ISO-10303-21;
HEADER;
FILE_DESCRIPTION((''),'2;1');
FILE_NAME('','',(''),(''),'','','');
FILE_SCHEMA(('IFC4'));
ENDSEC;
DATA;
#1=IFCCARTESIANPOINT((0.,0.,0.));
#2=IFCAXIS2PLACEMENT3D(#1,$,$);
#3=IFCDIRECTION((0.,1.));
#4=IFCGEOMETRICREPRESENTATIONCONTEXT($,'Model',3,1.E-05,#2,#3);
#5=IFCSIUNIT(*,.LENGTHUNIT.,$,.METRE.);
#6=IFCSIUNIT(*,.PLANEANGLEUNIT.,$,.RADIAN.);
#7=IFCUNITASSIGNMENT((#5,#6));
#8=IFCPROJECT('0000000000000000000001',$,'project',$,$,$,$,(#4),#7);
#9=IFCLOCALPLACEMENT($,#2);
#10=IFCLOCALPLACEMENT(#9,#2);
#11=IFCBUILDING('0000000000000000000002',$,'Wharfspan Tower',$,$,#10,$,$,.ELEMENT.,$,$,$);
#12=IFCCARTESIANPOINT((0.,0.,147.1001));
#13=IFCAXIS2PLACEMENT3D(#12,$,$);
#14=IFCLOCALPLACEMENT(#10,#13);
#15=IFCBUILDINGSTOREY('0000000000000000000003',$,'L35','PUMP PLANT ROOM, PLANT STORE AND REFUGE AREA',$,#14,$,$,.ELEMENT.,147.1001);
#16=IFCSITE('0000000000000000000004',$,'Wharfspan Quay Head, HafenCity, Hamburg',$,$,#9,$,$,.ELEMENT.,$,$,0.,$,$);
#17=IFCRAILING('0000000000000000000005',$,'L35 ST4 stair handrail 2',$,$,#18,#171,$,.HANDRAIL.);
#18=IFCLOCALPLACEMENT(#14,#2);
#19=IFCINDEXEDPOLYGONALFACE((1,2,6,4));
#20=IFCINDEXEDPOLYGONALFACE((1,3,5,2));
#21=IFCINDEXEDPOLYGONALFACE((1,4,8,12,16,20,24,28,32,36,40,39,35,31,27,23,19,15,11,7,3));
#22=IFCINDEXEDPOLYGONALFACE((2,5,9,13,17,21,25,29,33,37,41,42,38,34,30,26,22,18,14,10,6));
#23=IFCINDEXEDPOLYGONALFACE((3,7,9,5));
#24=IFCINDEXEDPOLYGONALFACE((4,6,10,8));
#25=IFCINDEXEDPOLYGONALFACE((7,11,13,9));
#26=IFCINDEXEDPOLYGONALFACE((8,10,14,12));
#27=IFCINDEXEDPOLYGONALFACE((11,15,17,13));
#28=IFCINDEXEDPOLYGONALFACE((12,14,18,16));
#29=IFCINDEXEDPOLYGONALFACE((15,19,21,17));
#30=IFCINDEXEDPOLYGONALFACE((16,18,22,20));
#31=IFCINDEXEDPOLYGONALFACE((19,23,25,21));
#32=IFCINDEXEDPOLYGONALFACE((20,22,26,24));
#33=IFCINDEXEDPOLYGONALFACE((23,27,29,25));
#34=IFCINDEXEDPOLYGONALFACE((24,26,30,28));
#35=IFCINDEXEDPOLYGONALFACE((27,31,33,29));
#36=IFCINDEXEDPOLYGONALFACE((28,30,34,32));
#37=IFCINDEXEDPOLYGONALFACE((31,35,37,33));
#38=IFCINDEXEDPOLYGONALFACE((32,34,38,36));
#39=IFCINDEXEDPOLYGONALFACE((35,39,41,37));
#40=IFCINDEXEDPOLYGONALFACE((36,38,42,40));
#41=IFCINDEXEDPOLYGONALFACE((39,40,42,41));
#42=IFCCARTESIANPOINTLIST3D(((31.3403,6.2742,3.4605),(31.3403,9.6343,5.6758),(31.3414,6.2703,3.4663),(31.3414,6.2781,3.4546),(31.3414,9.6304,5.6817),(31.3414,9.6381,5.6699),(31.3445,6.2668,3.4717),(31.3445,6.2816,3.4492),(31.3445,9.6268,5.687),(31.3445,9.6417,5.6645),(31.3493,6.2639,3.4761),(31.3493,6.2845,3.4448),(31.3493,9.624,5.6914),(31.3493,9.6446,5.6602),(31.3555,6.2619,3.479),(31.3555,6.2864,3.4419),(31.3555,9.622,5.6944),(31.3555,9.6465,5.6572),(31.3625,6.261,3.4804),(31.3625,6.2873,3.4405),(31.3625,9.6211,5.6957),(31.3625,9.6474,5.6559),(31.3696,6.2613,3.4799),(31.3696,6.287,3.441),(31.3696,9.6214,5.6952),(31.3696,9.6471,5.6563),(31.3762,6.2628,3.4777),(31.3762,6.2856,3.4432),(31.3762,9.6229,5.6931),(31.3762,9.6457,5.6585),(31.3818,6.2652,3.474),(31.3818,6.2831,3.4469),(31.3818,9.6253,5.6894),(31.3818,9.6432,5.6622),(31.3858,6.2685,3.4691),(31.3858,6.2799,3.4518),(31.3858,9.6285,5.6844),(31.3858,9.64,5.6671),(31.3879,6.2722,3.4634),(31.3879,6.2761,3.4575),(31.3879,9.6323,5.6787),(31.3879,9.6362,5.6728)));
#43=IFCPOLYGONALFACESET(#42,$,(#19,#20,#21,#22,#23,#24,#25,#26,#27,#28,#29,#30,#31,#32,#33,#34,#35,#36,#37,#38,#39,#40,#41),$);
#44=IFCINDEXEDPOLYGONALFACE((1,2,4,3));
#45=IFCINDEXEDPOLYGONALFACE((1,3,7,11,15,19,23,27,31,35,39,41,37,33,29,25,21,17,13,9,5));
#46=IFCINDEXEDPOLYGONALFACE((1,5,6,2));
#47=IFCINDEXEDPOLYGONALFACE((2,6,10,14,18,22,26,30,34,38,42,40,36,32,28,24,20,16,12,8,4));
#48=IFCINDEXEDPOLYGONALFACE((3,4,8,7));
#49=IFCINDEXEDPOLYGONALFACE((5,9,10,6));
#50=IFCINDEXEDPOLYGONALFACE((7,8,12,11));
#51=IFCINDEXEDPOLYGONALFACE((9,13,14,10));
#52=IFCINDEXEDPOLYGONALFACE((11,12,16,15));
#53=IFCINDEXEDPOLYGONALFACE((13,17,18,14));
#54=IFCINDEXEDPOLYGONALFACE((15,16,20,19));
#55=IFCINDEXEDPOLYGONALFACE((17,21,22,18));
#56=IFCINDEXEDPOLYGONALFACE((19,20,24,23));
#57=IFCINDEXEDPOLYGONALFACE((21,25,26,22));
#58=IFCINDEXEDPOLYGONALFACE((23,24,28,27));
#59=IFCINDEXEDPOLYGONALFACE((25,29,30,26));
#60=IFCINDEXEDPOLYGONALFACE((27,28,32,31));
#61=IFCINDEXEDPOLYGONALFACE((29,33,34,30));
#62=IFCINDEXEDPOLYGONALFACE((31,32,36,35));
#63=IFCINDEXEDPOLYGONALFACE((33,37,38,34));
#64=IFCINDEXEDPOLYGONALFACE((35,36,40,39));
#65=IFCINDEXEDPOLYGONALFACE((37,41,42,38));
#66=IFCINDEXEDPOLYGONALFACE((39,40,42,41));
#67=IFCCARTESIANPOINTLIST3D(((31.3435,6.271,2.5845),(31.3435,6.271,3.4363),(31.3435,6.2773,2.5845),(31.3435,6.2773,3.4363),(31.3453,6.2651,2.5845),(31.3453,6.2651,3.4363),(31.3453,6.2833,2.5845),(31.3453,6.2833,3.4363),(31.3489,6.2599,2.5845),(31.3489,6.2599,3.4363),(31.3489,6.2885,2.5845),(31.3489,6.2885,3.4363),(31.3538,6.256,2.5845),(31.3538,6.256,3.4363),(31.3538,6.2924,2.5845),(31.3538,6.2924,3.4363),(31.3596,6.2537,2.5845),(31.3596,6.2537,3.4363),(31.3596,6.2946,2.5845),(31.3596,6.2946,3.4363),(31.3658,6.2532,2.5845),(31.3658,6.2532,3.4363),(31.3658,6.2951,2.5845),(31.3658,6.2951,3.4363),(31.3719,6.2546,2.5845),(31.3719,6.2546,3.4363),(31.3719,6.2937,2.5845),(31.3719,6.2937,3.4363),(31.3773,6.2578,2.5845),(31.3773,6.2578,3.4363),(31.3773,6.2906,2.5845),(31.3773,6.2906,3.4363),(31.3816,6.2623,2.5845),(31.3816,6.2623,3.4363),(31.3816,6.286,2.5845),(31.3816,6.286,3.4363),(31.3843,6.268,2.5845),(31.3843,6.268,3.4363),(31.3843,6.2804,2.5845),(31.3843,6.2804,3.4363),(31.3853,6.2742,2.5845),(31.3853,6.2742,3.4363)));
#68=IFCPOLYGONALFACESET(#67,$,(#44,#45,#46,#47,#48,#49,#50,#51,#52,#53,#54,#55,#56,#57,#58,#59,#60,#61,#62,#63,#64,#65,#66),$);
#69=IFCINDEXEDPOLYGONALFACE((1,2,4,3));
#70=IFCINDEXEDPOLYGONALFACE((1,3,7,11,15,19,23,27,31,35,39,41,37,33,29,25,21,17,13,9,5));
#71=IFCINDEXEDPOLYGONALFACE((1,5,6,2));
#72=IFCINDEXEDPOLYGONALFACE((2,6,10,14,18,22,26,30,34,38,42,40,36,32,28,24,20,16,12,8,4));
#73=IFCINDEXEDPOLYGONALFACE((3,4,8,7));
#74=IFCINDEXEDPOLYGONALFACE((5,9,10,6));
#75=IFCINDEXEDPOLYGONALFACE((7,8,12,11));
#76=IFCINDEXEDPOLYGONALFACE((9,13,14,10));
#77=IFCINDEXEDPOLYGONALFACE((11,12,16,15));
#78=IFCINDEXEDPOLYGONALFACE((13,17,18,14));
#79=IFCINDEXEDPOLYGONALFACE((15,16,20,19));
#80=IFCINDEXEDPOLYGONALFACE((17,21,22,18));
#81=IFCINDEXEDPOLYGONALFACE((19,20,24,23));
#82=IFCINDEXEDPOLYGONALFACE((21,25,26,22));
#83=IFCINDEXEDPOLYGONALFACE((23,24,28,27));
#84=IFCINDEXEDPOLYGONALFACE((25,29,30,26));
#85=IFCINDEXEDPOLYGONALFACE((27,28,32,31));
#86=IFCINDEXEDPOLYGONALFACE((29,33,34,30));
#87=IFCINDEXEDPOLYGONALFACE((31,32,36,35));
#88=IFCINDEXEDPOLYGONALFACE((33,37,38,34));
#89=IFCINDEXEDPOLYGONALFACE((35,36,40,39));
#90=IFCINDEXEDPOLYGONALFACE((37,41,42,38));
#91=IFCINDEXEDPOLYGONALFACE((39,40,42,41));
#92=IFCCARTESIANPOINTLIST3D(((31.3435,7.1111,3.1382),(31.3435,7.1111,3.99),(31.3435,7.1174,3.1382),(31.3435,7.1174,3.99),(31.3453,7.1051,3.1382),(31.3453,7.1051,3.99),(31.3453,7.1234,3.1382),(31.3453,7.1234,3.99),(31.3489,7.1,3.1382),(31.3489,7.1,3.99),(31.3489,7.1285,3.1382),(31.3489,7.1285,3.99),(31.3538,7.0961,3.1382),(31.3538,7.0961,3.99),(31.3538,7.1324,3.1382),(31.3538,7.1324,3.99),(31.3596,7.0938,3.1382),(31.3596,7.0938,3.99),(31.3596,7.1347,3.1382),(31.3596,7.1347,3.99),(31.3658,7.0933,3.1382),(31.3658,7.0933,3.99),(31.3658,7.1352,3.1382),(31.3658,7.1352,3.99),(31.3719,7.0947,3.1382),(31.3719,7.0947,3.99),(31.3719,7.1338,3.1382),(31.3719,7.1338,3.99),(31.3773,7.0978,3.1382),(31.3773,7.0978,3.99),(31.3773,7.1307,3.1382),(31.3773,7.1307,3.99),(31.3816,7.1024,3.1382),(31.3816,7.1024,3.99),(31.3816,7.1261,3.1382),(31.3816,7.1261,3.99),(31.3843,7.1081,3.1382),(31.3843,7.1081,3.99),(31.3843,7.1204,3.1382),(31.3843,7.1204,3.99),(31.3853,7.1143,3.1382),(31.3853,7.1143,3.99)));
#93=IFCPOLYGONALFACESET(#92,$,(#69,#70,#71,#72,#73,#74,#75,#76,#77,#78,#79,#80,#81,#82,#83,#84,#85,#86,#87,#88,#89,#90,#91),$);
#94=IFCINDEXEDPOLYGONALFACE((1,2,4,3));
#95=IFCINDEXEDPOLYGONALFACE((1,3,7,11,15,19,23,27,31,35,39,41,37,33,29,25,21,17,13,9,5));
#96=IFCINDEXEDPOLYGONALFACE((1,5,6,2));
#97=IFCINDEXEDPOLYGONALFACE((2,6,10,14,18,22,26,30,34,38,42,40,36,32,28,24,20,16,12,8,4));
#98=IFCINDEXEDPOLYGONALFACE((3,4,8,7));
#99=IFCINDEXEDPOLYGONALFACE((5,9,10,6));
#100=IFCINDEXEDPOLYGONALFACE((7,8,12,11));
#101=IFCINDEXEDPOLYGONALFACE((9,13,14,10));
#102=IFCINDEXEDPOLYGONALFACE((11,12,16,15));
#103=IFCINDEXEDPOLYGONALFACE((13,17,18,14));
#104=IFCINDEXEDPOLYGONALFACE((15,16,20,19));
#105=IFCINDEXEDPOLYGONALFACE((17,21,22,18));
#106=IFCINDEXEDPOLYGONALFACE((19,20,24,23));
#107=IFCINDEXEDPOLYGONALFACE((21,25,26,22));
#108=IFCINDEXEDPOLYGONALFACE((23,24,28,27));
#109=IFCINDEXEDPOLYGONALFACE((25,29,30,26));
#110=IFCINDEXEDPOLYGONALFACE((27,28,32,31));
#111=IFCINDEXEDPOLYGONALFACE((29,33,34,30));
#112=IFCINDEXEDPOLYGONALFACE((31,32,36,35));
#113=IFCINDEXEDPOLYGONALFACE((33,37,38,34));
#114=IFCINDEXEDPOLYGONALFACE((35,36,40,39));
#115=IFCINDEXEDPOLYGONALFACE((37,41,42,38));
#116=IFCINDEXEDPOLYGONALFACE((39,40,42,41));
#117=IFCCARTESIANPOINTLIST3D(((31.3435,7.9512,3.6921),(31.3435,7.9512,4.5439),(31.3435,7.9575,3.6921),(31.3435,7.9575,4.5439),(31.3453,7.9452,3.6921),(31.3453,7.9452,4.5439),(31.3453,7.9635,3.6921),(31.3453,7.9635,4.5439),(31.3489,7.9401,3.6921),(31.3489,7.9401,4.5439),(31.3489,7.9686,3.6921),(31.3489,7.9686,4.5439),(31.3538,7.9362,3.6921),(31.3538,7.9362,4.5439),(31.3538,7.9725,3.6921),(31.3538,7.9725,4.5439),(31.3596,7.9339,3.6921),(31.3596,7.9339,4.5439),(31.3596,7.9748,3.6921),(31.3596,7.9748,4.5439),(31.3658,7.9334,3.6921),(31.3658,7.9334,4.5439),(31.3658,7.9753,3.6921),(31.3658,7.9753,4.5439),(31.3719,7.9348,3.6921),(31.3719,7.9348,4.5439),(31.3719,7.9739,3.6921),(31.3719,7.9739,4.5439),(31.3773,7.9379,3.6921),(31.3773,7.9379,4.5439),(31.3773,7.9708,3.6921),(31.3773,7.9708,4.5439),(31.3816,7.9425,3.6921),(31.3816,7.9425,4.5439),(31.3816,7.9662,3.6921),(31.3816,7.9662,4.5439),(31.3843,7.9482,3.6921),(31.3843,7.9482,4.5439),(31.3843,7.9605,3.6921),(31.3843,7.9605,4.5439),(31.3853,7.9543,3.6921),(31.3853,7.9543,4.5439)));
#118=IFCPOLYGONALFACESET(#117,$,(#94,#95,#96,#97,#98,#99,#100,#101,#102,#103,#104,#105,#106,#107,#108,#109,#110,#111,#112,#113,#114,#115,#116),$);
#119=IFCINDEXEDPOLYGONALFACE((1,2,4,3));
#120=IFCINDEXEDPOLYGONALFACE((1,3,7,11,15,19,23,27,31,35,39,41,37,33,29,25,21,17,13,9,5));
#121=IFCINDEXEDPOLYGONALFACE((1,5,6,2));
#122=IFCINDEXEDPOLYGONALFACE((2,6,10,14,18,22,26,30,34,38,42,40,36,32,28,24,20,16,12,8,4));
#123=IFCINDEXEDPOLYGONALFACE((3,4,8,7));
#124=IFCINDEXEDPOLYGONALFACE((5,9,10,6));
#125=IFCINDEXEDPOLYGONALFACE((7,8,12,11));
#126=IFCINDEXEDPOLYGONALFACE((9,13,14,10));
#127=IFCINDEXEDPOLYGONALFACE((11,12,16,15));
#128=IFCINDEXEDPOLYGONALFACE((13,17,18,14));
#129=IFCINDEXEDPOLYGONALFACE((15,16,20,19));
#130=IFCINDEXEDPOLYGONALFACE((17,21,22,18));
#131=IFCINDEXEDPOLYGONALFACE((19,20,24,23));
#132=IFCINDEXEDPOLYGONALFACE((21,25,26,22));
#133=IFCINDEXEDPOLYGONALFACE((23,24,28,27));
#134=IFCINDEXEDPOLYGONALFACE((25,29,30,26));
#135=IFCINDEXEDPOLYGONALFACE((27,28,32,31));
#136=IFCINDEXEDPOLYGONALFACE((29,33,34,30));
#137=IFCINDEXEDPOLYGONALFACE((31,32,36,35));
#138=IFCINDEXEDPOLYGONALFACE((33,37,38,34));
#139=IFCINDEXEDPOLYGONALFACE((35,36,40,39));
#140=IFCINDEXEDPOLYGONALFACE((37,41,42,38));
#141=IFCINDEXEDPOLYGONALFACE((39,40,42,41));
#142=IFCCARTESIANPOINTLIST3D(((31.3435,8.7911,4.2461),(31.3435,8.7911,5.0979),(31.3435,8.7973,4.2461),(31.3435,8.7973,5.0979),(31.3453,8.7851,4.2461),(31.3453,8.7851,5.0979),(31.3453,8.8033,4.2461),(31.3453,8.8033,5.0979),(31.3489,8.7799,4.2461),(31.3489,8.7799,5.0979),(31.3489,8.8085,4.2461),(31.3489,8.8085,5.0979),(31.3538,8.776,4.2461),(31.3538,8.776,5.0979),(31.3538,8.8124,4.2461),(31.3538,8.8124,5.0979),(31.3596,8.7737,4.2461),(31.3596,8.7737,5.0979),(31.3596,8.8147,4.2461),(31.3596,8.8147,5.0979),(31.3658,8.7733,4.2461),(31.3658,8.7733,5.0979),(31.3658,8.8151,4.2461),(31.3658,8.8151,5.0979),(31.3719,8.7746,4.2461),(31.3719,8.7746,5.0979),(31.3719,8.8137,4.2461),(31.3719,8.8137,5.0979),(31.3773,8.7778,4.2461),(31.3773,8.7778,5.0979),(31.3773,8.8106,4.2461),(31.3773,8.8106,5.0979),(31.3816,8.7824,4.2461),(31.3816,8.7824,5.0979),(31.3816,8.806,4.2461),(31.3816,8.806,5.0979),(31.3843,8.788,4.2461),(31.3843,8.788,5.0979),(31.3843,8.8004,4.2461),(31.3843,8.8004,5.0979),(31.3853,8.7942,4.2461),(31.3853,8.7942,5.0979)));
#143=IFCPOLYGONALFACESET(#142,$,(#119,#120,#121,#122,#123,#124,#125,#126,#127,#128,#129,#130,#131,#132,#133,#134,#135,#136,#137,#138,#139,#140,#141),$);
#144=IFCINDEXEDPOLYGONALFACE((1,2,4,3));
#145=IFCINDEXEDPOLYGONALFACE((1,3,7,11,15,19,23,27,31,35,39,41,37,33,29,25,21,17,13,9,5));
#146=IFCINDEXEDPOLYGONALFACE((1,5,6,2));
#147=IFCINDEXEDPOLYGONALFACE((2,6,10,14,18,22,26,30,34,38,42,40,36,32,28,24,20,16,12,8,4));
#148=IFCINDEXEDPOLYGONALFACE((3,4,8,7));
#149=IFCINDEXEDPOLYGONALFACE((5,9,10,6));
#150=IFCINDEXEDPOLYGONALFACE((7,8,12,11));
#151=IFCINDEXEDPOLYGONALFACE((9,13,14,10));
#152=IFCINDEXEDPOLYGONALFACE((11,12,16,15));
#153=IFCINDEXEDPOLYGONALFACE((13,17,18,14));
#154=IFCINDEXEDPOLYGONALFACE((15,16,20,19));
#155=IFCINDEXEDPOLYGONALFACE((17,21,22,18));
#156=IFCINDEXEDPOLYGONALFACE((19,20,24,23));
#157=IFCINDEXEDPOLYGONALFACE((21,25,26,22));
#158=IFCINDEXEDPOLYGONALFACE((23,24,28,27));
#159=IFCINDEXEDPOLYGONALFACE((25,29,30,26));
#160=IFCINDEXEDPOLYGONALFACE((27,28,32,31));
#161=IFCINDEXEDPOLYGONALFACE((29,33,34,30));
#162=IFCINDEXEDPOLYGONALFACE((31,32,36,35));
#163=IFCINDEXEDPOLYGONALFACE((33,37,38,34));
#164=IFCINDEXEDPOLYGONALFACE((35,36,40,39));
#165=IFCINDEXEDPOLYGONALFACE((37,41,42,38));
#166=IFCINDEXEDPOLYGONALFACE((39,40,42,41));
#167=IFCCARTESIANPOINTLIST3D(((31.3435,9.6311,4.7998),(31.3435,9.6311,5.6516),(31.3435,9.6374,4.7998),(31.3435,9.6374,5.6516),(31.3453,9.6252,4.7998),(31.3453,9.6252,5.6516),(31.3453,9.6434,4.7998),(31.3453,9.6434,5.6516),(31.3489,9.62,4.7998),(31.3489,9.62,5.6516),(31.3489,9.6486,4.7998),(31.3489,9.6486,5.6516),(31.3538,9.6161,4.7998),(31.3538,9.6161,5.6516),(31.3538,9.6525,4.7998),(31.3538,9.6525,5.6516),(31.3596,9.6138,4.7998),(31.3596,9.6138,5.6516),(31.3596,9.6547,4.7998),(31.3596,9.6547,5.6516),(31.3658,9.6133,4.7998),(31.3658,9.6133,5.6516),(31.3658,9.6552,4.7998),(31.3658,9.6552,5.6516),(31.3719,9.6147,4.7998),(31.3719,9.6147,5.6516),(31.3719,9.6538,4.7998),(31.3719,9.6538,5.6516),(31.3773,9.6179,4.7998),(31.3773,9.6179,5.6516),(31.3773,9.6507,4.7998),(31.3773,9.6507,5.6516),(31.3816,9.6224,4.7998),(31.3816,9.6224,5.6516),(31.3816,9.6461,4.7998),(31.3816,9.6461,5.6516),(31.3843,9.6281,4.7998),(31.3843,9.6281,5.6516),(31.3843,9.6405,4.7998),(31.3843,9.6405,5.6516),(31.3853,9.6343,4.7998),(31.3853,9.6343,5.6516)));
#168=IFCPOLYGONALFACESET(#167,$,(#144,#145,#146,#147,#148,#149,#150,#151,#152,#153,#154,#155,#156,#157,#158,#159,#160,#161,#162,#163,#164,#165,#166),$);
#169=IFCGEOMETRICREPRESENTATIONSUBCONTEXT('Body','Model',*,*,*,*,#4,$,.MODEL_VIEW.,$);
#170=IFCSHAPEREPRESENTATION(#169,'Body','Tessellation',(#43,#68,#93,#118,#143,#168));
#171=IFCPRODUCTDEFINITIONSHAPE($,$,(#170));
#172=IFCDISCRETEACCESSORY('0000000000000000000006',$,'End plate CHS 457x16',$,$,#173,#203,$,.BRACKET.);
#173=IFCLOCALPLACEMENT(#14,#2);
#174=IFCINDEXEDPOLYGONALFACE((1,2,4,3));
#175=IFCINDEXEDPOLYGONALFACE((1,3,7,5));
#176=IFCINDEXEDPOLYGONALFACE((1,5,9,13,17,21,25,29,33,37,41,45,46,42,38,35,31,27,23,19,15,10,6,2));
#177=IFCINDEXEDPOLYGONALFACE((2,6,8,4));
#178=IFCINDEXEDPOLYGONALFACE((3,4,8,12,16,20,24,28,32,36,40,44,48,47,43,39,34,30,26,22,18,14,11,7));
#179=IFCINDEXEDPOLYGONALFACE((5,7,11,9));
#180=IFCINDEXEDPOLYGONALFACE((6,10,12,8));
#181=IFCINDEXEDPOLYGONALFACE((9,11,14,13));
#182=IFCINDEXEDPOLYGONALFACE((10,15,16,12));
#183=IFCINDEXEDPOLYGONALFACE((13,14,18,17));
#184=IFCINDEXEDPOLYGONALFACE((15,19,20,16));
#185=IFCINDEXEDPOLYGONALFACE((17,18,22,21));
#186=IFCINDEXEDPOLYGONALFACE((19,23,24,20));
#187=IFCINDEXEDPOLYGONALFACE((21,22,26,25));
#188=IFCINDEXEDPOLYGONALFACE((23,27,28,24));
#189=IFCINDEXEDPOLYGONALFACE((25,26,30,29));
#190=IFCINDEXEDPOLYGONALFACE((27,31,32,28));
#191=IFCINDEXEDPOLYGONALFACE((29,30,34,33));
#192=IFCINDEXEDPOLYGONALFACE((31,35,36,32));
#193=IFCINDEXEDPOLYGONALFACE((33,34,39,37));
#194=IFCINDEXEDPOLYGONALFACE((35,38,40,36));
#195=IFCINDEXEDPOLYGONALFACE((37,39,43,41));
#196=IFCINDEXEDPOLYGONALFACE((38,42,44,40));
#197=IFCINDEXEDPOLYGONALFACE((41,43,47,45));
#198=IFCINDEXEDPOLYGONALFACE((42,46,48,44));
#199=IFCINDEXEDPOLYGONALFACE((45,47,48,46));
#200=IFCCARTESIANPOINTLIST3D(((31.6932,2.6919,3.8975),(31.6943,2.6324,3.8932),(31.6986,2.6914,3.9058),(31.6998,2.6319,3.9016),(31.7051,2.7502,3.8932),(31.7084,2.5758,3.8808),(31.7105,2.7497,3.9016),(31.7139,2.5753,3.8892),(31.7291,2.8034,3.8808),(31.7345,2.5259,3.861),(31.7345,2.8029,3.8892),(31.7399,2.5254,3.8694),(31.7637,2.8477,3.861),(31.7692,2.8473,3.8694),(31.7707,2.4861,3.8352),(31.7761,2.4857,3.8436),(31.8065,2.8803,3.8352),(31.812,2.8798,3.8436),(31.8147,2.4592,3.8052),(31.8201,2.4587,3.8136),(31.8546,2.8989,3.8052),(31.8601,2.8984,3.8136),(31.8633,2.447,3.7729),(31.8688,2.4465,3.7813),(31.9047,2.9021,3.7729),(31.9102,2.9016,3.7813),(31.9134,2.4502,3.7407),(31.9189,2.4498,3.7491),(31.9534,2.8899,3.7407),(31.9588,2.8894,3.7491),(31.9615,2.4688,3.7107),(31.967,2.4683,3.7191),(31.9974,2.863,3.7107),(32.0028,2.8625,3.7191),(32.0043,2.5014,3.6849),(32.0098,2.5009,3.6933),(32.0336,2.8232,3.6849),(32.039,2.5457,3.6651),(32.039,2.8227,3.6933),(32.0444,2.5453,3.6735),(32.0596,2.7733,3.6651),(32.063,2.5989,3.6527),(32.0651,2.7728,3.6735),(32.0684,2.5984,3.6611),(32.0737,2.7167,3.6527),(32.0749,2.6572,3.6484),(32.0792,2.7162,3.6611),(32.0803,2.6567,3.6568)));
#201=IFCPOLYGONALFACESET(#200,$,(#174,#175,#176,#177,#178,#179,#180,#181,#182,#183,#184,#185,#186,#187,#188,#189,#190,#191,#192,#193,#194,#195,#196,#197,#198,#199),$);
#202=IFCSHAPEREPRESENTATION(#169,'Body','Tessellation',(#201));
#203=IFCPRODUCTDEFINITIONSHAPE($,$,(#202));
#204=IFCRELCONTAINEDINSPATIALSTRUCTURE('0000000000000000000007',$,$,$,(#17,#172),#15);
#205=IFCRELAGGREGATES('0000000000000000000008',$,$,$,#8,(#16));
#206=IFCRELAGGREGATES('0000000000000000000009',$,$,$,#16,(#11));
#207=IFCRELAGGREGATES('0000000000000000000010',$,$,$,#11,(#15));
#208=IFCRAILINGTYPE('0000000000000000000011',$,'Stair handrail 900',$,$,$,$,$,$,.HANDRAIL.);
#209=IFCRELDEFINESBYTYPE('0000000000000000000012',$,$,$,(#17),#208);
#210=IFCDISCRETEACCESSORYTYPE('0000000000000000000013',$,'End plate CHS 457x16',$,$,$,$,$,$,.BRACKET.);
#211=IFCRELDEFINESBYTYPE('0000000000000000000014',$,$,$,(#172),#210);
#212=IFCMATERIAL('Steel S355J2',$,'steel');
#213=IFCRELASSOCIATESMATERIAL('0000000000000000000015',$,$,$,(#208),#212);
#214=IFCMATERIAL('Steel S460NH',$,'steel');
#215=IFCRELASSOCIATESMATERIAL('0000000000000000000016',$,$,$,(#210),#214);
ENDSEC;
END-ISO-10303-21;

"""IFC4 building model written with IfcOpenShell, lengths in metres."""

from ifc_helpers import new_model, si_unit, direction, frame, origin, origin_2d, place, context, subcontext, project, spatial, circle, extrude, material, material_profile, profile_set, type_object, element, save


model = new_model("IFC4")

# Units and contexts
model_context = context("Model", 3, precision=1e-05, world=origin(), true_north=direction((0.0, 1.0)))
body_context = subcontext(model_context, "Body", "Model", "MODEL_VIEW")
ifc_project = project(units=[si_unit("LENGTHUNIT", "METRE"), si_unit("PLANEANGLEUNIT", "RADIAN")], contexts=[model_context])

# Site, building, storey
site_placement = place(None, origin())
site = spatial("IfcSite", under=ifc_project, at=site_placement, Name="Wharfspan Quay Head, HafenCity, Hamburg", CompositionType="ELEMENT", RefElevation=0.0)
building_placement = place(site_placement, origin())
building = spatial("IfcBuilding", under=site, at=building_placement, Name="Wharfspan Tower", CompositionType="ELEMENT")
storey_placement = place(building_placement, frame((0.0, 0.0, 147.1001)))
storey = spatial("IfcBuildingStorey", under=building, at=storey_placement, Name="L35", Description="PUMP PLANT ROOM, PLANT STORE AND REFUGE AREA", CompositionType="ELEMENT", Elevation=147.1001)

# Shared definitions
ifc_material_1 = material(Name="Steel S355J2", Category="steel")

# Shared definitions
ifc_material_2 = material(Name="Steel S460NH", Category="steel")

# Railing
railing_type_1 = type_object("IfcRailingType", Name="Stair handrail 900", PredefinedType="HANDRAIL", material=ifc_material_1)
railing_1_placement = place(storey_placement, frame((31.3643, 6.2742, 2.5845)))
element("IfcRailing", 1, at=railing_1_placement, inside=storey, type_object=railing_type_1, Name="L35 ST4 stair handrail 2", PredefinedType="HANDRAIL", context=body_context, shape_type="SweptSolid", body=[
    extrude(circle(Radius=0.0239, at=origin_2d()), frame((0.0, 0.0, 0.876), z_axis=(0.0, 0.834876, 0.550437), x_axis=(-1.0, 0.0, 0.0)), (0.0, 0.0, 1.0), 4.0247),
    extrude(circle(Radius=0.021, at=origin_2d()), origin(), (0.0, 0.0, 1.0), 0.8518),
    extrude(circle(Radius=0.021, at=origin_2d()), frame((0.0, 0.8401, 0.5537)), (0.0, 0.0, 1.0), 0.8518),
    extrude(circle(Radius=0.021, at=origin_2d()), frame((0.0, 1.6802, 1.1077)), (0.0, 0.0, 1.0), 0.8518),
    extrude(circle(Radius=0.021, at=origin_2d()), frame((0.0, 2.52, 1.6616)), (0.0, 0.0, 1.0), 0.8518),
    extrude(circle(Radius=0.021, at=origin_2d()), frame((0.0, 3.3601, 2.2153)), (0.0, 0.0, 1.0), 0.8518),
])

# Discrete accessory
ifc_material_profile_1 = material_profile(ifc_material_2, circle(Radius=0.2285, at=origin_2d()))
ifc_profile_set_1 = profile_set([ifc_material_profile_1], Name="Steel S460NH")
discrete_accessory_type_1 = type_object("IfcDiscreteAccessoryType", Name="End plate CHS 457x16", PredefinedType="BRACKET", material=ifc_profile_set_1)
for number, where, z_axis, x_axis, name in (
    (2, (31.884, 2.6746, 3.7729), (0.54259, -0.049326, 0.838548), (0.090535, 0.995892, 0.0), "End plate CHS 457x16"),
):
    element("IfcDiscreteAccessory", number, at=place(storey_placement, frame(where, z_axis=z_axis, x_axis=x_axis)), inside=storey, type_object=discrete_accessory_type_1, Name=name, PredefinedType="BRACKET", context=body_context, shape_type="SweptSolid", body=[
        extrude(circle(Radius=0.2285, at=origin_2d()), origin(), (0.0, 0.0, 1.0), 0.01),
    ])

save(model, "model.ifc")
